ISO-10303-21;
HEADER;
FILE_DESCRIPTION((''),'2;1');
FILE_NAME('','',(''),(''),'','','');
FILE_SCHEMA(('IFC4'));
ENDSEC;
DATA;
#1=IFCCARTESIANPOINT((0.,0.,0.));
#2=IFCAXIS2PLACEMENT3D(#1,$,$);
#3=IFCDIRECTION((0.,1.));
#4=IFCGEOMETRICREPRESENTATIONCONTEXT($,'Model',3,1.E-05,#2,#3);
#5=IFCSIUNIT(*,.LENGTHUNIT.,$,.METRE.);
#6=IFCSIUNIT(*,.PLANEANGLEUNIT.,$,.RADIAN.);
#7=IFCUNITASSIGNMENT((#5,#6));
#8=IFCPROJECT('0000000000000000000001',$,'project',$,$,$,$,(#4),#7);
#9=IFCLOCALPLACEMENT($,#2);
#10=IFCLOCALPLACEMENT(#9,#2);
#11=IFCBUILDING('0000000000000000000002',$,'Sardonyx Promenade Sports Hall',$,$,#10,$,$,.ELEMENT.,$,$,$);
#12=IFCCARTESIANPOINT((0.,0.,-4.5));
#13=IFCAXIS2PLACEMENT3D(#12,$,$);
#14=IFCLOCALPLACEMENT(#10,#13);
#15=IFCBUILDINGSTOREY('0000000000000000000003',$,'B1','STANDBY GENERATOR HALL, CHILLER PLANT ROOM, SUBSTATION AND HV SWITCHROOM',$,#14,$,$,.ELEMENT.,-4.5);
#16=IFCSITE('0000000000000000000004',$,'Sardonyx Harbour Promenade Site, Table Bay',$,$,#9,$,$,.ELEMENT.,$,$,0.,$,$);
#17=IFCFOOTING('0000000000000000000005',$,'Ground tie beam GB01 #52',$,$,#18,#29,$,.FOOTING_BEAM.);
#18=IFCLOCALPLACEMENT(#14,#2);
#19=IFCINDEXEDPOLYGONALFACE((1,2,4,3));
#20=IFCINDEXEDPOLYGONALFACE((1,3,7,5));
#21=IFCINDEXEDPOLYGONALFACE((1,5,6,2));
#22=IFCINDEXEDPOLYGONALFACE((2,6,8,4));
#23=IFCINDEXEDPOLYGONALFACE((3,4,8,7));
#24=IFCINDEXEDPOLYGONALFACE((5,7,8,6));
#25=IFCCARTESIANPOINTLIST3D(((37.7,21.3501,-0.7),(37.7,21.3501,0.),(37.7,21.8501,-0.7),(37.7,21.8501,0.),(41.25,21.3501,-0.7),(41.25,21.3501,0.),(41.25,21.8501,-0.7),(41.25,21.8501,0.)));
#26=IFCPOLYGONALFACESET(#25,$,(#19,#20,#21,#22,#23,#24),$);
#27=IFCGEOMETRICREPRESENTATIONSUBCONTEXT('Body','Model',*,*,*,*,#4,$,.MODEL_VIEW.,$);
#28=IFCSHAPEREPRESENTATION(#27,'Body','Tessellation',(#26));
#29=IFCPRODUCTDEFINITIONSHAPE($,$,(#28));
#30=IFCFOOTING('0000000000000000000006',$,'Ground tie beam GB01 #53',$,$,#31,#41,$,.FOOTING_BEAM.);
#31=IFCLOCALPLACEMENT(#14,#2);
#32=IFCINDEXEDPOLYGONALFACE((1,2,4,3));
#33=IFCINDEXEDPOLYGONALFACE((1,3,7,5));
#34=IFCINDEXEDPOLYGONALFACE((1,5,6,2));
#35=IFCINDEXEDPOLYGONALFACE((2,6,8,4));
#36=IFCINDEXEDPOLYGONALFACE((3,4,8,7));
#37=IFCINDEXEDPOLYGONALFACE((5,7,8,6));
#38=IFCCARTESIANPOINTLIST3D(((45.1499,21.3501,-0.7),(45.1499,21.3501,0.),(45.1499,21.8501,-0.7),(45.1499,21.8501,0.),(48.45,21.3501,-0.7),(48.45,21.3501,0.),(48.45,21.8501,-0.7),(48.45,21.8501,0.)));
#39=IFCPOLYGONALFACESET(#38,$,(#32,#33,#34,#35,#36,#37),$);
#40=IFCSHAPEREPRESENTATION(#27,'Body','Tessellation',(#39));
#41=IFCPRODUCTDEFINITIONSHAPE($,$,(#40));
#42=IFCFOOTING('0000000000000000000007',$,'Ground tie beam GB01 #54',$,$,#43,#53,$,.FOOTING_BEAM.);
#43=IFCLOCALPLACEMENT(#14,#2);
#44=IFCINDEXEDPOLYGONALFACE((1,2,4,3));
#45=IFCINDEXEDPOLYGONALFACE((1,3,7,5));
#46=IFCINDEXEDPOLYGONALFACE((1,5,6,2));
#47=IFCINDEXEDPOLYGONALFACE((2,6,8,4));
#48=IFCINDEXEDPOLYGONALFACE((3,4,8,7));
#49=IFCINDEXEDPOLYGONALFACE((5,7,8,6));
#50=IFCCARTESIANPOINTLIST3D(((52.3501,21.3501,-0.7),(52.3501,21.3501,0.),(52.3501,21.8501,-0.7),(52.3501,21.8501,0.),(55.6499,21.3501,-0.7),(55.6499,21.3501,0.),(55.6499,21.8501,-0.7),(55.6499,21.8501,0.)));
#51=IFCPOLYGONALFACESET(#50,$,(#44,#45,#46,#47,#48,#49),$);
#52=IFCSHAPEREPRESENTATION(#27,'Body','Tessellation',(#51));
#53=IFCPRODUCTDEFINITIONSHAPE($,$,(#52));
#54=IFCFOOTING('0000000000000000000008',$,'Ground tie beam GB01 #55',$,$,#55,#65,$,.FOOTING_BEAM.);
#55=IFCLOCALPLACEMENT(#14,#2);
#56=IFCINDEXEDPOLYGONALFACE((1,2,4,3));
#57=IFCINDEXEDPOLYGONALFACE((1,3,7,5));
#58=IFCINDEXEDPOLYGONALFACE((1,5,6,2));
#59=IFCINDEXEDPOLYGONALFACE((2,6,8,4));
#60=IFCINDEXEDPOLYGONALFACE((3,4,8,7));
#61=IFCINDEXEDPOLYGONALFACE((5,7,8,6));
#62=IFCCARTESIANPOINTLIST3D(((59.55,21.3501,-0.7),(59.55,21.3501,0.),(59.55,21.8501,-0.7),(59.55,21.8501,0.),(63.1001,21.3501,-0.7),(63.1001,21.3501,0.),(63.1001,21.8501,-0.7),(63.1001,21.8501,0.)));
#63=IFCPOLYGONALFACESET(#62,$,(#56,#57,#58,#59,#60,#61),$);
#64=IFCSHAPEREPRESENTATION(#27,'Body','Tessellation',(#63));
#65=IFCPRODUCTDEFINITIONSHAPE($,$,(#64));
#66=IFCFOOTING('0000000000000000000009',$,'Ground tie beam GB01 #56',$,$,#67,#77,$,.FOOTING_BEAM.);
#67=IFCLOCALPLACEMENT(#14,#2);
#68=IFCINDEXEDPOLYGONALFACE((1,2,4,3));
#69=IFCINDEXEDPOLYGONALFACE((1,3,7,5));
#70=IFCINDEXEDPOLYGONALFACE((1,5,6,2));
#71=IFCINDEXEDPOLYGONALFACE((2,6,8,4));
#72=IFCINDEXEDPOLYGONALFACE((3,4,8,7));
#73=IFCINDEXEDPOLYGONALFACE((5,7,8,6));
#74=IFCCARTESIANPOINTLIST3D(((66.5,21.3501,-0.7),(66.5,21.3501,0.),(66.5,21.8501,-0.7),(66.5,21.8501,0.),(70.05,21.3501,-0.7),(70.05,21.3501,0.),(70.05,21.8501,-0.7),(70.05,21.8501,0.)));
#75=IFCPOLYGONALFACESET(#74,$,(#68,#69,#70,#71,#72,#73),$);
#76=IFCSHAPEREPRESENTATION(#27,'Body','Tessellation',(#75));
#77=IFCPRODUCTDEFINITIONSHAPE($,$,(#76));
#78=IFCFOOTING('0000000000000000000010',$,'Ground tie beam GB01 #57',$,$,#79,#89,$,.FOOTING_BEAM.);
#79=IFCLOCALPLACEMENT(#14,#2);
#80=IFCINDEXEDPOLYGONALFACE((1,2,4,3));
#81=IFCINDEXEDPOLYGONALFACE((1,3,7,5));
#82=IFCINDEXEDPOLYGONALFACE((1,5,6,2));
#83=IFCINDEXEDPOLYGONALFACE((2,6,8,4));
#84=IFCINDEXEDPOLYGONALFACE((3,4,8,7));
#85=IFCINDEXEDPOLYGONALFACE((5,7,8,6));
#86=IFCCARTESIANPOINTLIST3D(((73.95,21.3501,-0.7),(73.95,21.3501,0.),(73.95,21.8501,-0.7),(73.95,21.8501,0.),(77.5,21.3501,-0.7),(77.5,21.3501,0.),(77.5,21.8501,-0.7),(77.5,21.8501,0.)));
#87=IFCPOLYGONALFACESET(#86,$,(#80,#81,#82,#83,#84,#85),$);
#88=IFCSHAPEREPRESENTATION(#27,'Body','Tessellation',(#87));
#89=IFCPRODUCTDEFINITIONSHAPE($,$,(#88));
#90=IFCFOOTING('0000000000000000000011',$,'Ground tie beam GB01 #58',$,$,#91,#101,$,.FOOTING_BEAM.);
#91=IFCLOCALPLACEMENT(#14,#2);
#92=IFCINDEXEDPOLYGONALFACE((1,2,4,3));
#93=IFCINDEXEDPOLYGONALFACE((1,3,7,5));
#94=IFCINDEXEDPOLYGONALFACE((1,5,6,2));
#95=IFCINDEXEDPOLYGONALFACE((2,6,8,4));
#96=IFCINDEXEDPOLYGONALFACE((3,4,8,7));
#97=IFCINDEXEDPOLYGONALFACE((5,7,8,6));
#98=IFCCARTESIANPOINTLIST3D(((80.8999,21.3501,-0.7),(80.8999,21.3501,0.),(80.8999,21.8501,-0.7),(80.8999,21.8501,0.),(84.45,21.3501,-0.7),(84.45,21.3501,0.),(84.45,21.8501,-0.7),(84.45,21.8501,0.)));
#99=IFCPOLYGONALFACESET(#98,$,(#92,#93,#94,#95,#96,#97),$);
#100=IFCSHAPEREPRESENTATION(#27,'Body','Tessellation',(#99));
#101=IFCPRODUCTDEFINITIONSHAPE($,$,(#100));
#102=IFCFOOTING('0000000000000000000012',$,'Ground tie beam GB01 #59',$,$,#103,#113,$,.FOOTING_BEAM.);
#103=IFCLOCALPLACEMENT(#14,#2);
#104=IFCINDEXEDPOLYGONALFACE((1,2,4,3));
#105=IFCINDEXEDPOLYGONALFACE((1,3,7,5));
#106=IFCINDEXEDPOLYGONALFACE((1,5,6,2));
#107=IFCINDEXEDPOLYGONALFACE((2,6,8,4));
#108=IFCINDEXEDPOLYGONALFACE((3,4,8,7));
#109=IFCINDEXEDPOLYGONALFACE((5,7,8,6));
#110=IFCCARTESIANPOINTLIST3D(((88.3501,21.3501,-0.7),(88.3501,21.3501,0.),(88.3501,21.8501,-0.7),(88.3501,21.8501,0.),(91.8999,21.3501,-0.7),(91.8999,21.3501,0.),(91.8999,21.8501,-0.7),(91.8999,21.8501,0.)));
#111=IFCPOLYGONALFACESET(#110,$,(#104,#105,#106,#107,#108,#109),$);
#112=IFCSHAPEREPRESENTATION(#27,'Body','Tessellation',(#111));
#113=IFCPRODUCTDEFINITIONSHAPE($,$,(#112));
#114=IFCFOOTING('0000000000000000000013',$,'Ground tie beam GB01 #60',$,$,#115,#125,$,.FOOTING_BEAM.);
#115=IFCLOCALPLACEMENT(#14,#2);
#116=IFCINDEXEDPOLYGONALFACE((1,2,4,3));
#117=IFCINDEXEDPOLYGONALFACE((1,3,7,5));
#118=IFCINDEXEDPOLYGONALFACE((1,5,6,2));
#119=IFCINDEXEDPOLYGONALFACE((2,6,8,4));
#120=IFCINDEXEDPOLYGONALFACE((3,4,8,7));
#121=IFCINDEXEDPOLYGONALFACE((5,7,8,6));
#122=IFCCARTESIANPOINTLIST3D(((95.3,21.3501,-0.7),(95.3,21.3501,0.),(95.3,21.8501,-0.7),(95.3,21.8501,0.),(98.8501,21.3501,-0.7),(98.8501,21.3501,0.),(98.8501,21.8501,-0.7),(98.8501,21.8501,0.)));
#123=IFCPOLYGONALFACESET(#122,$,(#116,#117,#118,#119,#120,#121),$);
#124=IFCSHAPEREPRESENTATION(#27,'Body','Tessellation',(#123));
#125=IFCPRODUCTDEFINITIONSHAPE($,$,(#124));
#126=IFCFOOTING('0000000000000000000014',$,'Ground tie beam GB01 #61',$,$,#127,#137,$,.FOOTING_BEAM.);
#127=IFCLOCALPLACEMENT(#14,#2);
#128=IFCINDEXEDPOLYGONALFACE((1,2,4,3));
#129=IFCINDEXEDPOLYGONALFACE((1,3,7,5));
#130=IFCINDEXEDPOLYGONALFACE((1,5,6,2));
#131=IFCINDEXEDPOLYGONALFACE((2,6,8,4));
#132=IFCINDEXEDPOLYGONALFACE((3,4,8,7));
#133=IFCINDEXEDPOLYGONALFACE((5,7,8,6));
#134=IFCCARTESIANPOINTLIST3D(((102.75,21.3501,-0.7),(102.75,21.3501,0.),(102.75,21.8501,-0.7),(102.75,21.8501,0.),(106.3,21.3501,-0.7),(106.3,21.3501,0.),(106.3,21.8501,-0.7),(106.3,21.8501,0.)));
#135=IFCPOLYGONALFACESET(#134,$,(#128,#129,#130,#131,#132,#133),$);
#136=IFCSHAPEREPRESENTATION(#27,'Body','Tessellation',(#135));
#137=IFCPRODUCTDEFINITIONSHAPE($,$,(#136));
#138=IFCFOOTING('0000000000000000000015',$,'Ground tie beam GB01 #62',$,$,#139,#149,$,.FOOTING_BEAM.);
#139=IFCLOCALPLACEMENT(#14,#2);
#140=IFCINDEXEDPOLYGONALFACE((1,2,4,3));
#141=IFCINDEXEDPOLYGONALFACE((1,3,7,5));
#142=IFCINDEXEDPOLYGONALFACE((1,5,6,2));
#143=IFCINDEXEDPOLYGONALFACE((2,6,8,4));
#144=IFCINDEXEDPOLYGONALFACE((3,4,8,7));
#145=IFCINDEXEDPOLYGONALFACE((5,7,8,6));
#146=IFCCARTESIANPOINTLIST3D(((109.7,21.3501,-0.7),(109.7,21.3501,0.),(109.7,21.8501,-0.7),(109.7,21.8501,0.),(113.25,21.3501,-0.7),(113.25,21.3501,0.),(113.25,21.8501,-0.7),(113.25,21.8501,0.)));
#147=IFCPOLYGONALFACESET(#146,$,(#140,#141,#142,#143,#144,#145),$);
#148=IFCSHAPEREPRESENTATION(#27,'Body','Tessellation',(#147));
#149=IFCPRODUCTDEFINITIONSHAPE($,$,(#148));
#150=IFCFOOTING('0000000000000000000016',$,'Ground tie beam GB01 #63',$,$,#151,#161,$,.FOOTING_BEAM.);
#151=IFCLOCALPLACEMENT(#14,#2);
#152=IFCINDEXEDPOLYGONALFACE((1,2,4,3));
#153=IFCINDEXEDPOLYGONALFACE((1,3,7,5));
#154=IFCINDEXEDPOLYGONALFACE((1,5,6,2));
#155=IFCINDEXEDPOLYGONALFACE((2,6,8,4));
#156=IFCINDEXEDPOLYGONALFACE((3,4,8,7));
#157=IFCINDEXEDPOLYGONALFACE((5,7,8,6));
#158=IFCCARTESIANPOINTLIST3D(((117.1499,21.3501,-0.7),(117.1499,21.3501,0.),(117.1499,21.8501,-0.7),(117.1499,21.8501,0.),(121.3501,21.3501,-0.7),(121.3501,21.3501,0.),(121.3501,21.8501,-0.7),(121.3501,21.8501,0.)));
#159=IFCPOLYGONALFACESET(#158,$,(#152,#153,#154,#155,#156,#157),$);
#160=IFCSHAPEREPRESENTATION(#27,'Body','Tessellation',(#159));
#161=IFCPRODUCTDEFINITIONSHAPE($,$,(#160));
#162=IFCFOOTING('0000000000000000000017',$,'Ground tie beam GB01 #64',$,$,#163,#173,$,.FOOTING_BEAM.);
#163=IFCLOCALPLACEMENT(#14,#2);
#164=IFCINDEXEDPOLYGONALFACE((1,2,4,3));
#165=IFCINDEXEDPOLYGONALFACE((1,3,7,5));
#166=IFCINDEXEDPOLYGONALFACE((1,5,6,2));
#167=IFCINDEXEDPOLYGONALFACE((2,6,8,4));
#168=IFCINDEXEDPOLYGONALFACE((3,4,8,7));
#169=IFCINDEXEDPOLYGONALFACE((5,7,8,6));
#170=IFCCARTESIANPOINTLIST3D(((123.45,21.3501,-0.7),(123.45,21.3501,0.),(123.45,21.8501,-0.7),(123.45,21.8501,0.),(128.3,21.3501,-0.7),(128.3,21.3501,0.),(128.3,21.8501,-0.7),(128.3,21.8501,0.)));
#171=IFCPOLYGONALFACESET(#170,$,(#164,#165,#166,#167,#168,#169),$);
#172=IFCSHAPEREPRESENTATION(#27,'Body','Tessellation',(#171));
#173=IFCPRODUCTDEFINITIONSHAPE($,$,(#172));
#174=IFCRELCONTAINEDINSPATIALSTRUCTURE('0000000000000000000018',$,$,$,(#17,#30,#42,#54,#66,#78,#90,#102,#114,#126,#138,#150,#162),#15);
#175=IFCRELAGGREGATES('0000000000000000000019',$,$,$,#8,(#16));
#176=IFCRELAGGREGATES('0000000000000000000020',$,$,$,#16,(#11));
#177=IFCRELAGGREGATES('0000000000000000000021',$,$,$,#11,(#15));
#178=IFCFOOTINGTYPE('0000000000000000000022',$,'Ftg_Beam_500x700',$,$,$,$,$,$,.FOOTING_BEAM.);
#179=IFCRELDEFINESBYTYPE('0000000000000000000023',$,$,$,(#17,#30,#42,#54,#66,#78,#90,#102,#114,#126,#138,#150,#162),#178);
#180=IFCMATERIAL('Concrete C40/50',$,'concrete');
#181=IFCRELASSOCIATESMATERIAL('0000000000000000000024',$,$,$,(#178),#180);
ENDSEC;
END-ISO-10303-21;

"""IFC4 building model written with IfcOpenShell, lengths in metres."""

from ifc_helpers import new_model, si_unit, direction, frame, origin, place, context, subcontext, project, spatial, polyline, outline, extrude, material, type_object, element, save


model = new_model("IFC4")

# Units and contexts
model_context = context("Model", 3, precision=1e-05, world=origin(), true_north=direction((0.0, 1.0)))
body_context = subcontext(model_context, "Body", "Model", "MODEL_VIEW")
ifc_project = project(units=[si_unit("LENGTHUNIT", "METRE"), si_unit("PLANEANGLEUNIT", "RADIAN")], contexts=[model_context])

# Site, building, storey
site_placement = place(None, origin())
site = spatial("IfcSite", under=ifc_project, at=site_placement, Name="Sardonyx Harbour Promenade Site, Table Bay", CompositionType="ELEMENT", RefElevation=0.0)
building_placement = place(site_placement, origin())
building = spatial("IfcBuilding", under=site, at=building_placement, Name="Sardonyx Promenade Sports Hall", CompositionType="ELEMENT")
storey_placement = place(building_placement, frame((0.0, 0.0, -4.5)))
storey = spatial("IfcBuildingStorey", under=building, at=storey_placement, Name="B1", Description="STANDBY GENERATOR HALL, CHILLER PLANT ROOM, SUBSTATION AND HV SWITCHROOM", CompositionType="ELEMENT", Elevation=-4.5)

# Footings
ifc_material = material(Name="Concrete C40/50", Category="concrete")
footing_type = type_object("IfcFootingType", Name="Ftg_Beam_500x700", PredefinedType="FOOTING_BEAM", material=ifc_material)
footing_1_placement = place(storey_placement, frame((0.0, 0.0, -0.7)))
element("IfcFooting", 1, at=footing_1_placement, inside=storey, type_object=footing_type, Name="Ground tie beam GB01 #52", PredefinedType="FOOTING_BEAM", context=body_context, shape_type="SweptSolid", body=[
    extrude(outline(polyline([(37.7, 21.3501), (41.25, 21.3501), (41.25, 21.8501), (37.7, 21.8501), (37.7, 21.3501)])), origin(), (0.0, 0.0, 1.0), 0.7),
])
footing_2_placement = place(storey_placement, frame((0.0, 0.0, -0.7)))
element("IfcFooting", 2, at=footing_2_placement, inside=storey, type_object=footing_type, Name="Ground tie beam GB01 #53", PredefinedType="FOOTING_BEAM", context=body_context, shape_type="SweptSolid", body=[
    extrude(outline(polyline([(45.1499, 21.3501), (48.45, 21.3501), (48.45, 21.8501), (45.1499, 21.8501), (45.1499, 21.3501)])), origin(), (0.0, 0.0, 1.0), 0.7),
])
footing_3_placement = place(storey_placement, frame((0.0, 0.0, -0.7)))
element("IfcFooting", 3, at=footing_3_placement, inside=storey, type_object=footing_type, Name="Ground tie beam GB01 #54", PredefinedType="FOOTING_BEAM", context=body_context, shape_type="SweptSolid", body=[
    extrude(outline(polyline([(52.3501, 21.3501), (55.6499, 21.3501), (55.6499, 21.8501), (52.3501, 21.8501), (52.3501, 21.3501)])), origin(), (0.0, 0.0, 1.0), 0.7),
])
footing_4_placement = place(storey_placement, frame((0.0, 0.0, -0.7)))
element("IfcFooting", 4, at=footing_4_placement, inside=storey, type_object=footing_type, Name="Ground tie beam GB01 #55", PredefinedType="FOOTING_BEAM", context=body_context, shape_type="SweptSolid", body=[
    extrude(outline(polyline([(59.55, 21.3501), (63.1001, 21.3501), (63.1001, 21.8501), (59.55, 21.8501), (59.55, 21.3501)])), origin(), (0.0, 0.0, 1.0), 0.7),
])
footing_5_placement = place(storey_placement, frame((0.0, 0.0, -0.7)))
element("IfcFooting", 5, at=footing_5_placement, inside=storey, type_object=footing_type, Name="Ground tie beam GB01 #56", PredefinedType="FOOTING_BEAM", context=body_context, shape_type="SweptSolid", body=[
    extrude(outline(polyline([(66.5, 21.3501), (70.05, 21.3501), (70.05, 21.8501), (66.5, 21.8501), (66.5, 21.3501)])), origin(), (0.0, 0.0, 1.0), 0.7),
])
footing_6_placement = place(storey_placement, frame((0.0, 0.0, -0.7)))
element("IfcFooting", 6, at=footing_6_placement, inside=storey, type_object=footing_type, Name="Ground tie beam GB01 #57", PredefinedType="FOOTING_BEAM", context=body_context, shape_type="SweptSolid", body=[
    extrude(outline(polyline([(73.95, 21.3501), (77.5, 21.3501), (77.5, 21.8501), (73.95, 21.8501), (73.95, 21.3501)])), origin(), (0.0, 0.0, 1.0), 0.7),
])
footing_7_placement = place(storey_placement, frame((0.0, 0.0, -0.7)))
element("IfcFooting", 7, at=footing_7_placement, inside=storey, type_object=footing_type, Name="Ground tie beam GB01 #58", PredefinedType="FOOTING_BEAM", context=body_context, shape_type="SweptSolid", body=[
    extrude(outline(polyline([(80.8999, 21.3501), (84.45, 21.3501), (84.45, 21.8501), (80.8999, 21.8501), (80.8999, 21.3501)])), origin(), (0.0, 0.0, 1.0), 0.7),
])
footing_8_placement = place(storey_placement, frame((0.0, 0.0, -0.7)))
element("IfcFooting", 8, at=footing_8_placement, inside=storey, type_object=footing_type, Name="Ground tie beam GB01 #59", PredefinedType="FOOTING_BEAM", context=body_context, shape_type="SweptSolid", body=[
    extrude(outline(polyline([(88.3501, 21.3501), (91.8999, 21.3501), (91.8999, 21.8501), (88.3501, 21.8501), (88.3501, 21.3501)])), origin(), (0.0, 0.0, 1.0), 0.7),
])
footing_9_placement = place(storey_placement, frame((0.0, 0.0, -0.7)))
element("IfcFooting", 9, at=footing_9_placement, inside=storey, type_object=footing_type, Name="Ground tie beam GB01 #60", PredefinedType="FOOTING_BEAM", context=body_context, shape_type="SweptSolid", body=[
    extrude(outline(polyline([(95.3, 21.3501), (98.8501, 21.3501), (98.8501, 21.8501), (95.3, 21.8501), (95.3, 21.3501)])), origin(), (0.0, 0.0, 1.0), 0.7),
])
footing_10_placement = place(storey_placement, frame((0.0, 0.0, -0.7)))
element("IfcFooting", 10, at=footing_10_placement, inside=storey, type_object=footing_type, Name="Ground tie beam GB01 #61", PredefinedType="FOOTING_BEAM", context=body_context, shape_type="SweptSolid", body=[
    extrude(outline(polyline([(102.75, 21.3501), (106.3, 21.3501), (106.3, 21.8501), (102.75, 21.8501), (102.75, 21.3501)])), origin(), (0.0, 0.0, 1.0), 0.7),
])
footing_11_placement = place(storey_placement, frame((0.0, 0.0, -0.7)))
element("IfcFooting", 11, at=footing_11_placement, inside=storey, type_object=footing_type, Name="Ground tie beam GB01 #62", PredefinedType="FOOTING_BEAM", context=body_context, shape_type="SweptSolid", body=[
    extrude(outline(polyline([(109.7, 21.3501), (113.25, 21.3501), (113.25, 21.8501), (109.7, 21.8501), (109.7, 21.3501)])), origin(), (0.0, 0.0, 1.0), 0.7),
])
footing_12_placement = place(storey_placement, frame((0.0, 0.0, -0.7)))
element("IfcFooting", 12, at=footing_12_placement, inside=storey, type_object=footing_type, Name="Ground tie beam GB01 #63", PredefinedType="FOOTING_BEAM", context=body_context, shape_type="SweptSolid", body=[
    extrude(outline(polyline([(117.1499, 21.3501), (121.3501, 21.3501), (121.3501, 21.8501), (117.1499, 21.8501), (117.1499, 21.3501)])), origin(), (0.0, 0.0, 1.0), 0.7),
])
footing_13_placement = place(storey_placement, frame((0.0, 0.0, -0.7)))
element("IfcFooting", 13, at=footing_13_placement, inside=storey, type_object=footing_type, Name="Ground tie beam GB01 #64", PredefinedType="FOOTING_BEAM", context=body_context, shape_type="SweptSolid", body=[
    extrude(outline(polyline([(123.45, 21.3501), (128.3, 21.3501), (128.3, 21.8501), (123.45, 21.8501), (123.45, 21.3501)])), origin(), (0.0, 0.0, 1.0), 0.7),
])

save(model, "model.ifc")
